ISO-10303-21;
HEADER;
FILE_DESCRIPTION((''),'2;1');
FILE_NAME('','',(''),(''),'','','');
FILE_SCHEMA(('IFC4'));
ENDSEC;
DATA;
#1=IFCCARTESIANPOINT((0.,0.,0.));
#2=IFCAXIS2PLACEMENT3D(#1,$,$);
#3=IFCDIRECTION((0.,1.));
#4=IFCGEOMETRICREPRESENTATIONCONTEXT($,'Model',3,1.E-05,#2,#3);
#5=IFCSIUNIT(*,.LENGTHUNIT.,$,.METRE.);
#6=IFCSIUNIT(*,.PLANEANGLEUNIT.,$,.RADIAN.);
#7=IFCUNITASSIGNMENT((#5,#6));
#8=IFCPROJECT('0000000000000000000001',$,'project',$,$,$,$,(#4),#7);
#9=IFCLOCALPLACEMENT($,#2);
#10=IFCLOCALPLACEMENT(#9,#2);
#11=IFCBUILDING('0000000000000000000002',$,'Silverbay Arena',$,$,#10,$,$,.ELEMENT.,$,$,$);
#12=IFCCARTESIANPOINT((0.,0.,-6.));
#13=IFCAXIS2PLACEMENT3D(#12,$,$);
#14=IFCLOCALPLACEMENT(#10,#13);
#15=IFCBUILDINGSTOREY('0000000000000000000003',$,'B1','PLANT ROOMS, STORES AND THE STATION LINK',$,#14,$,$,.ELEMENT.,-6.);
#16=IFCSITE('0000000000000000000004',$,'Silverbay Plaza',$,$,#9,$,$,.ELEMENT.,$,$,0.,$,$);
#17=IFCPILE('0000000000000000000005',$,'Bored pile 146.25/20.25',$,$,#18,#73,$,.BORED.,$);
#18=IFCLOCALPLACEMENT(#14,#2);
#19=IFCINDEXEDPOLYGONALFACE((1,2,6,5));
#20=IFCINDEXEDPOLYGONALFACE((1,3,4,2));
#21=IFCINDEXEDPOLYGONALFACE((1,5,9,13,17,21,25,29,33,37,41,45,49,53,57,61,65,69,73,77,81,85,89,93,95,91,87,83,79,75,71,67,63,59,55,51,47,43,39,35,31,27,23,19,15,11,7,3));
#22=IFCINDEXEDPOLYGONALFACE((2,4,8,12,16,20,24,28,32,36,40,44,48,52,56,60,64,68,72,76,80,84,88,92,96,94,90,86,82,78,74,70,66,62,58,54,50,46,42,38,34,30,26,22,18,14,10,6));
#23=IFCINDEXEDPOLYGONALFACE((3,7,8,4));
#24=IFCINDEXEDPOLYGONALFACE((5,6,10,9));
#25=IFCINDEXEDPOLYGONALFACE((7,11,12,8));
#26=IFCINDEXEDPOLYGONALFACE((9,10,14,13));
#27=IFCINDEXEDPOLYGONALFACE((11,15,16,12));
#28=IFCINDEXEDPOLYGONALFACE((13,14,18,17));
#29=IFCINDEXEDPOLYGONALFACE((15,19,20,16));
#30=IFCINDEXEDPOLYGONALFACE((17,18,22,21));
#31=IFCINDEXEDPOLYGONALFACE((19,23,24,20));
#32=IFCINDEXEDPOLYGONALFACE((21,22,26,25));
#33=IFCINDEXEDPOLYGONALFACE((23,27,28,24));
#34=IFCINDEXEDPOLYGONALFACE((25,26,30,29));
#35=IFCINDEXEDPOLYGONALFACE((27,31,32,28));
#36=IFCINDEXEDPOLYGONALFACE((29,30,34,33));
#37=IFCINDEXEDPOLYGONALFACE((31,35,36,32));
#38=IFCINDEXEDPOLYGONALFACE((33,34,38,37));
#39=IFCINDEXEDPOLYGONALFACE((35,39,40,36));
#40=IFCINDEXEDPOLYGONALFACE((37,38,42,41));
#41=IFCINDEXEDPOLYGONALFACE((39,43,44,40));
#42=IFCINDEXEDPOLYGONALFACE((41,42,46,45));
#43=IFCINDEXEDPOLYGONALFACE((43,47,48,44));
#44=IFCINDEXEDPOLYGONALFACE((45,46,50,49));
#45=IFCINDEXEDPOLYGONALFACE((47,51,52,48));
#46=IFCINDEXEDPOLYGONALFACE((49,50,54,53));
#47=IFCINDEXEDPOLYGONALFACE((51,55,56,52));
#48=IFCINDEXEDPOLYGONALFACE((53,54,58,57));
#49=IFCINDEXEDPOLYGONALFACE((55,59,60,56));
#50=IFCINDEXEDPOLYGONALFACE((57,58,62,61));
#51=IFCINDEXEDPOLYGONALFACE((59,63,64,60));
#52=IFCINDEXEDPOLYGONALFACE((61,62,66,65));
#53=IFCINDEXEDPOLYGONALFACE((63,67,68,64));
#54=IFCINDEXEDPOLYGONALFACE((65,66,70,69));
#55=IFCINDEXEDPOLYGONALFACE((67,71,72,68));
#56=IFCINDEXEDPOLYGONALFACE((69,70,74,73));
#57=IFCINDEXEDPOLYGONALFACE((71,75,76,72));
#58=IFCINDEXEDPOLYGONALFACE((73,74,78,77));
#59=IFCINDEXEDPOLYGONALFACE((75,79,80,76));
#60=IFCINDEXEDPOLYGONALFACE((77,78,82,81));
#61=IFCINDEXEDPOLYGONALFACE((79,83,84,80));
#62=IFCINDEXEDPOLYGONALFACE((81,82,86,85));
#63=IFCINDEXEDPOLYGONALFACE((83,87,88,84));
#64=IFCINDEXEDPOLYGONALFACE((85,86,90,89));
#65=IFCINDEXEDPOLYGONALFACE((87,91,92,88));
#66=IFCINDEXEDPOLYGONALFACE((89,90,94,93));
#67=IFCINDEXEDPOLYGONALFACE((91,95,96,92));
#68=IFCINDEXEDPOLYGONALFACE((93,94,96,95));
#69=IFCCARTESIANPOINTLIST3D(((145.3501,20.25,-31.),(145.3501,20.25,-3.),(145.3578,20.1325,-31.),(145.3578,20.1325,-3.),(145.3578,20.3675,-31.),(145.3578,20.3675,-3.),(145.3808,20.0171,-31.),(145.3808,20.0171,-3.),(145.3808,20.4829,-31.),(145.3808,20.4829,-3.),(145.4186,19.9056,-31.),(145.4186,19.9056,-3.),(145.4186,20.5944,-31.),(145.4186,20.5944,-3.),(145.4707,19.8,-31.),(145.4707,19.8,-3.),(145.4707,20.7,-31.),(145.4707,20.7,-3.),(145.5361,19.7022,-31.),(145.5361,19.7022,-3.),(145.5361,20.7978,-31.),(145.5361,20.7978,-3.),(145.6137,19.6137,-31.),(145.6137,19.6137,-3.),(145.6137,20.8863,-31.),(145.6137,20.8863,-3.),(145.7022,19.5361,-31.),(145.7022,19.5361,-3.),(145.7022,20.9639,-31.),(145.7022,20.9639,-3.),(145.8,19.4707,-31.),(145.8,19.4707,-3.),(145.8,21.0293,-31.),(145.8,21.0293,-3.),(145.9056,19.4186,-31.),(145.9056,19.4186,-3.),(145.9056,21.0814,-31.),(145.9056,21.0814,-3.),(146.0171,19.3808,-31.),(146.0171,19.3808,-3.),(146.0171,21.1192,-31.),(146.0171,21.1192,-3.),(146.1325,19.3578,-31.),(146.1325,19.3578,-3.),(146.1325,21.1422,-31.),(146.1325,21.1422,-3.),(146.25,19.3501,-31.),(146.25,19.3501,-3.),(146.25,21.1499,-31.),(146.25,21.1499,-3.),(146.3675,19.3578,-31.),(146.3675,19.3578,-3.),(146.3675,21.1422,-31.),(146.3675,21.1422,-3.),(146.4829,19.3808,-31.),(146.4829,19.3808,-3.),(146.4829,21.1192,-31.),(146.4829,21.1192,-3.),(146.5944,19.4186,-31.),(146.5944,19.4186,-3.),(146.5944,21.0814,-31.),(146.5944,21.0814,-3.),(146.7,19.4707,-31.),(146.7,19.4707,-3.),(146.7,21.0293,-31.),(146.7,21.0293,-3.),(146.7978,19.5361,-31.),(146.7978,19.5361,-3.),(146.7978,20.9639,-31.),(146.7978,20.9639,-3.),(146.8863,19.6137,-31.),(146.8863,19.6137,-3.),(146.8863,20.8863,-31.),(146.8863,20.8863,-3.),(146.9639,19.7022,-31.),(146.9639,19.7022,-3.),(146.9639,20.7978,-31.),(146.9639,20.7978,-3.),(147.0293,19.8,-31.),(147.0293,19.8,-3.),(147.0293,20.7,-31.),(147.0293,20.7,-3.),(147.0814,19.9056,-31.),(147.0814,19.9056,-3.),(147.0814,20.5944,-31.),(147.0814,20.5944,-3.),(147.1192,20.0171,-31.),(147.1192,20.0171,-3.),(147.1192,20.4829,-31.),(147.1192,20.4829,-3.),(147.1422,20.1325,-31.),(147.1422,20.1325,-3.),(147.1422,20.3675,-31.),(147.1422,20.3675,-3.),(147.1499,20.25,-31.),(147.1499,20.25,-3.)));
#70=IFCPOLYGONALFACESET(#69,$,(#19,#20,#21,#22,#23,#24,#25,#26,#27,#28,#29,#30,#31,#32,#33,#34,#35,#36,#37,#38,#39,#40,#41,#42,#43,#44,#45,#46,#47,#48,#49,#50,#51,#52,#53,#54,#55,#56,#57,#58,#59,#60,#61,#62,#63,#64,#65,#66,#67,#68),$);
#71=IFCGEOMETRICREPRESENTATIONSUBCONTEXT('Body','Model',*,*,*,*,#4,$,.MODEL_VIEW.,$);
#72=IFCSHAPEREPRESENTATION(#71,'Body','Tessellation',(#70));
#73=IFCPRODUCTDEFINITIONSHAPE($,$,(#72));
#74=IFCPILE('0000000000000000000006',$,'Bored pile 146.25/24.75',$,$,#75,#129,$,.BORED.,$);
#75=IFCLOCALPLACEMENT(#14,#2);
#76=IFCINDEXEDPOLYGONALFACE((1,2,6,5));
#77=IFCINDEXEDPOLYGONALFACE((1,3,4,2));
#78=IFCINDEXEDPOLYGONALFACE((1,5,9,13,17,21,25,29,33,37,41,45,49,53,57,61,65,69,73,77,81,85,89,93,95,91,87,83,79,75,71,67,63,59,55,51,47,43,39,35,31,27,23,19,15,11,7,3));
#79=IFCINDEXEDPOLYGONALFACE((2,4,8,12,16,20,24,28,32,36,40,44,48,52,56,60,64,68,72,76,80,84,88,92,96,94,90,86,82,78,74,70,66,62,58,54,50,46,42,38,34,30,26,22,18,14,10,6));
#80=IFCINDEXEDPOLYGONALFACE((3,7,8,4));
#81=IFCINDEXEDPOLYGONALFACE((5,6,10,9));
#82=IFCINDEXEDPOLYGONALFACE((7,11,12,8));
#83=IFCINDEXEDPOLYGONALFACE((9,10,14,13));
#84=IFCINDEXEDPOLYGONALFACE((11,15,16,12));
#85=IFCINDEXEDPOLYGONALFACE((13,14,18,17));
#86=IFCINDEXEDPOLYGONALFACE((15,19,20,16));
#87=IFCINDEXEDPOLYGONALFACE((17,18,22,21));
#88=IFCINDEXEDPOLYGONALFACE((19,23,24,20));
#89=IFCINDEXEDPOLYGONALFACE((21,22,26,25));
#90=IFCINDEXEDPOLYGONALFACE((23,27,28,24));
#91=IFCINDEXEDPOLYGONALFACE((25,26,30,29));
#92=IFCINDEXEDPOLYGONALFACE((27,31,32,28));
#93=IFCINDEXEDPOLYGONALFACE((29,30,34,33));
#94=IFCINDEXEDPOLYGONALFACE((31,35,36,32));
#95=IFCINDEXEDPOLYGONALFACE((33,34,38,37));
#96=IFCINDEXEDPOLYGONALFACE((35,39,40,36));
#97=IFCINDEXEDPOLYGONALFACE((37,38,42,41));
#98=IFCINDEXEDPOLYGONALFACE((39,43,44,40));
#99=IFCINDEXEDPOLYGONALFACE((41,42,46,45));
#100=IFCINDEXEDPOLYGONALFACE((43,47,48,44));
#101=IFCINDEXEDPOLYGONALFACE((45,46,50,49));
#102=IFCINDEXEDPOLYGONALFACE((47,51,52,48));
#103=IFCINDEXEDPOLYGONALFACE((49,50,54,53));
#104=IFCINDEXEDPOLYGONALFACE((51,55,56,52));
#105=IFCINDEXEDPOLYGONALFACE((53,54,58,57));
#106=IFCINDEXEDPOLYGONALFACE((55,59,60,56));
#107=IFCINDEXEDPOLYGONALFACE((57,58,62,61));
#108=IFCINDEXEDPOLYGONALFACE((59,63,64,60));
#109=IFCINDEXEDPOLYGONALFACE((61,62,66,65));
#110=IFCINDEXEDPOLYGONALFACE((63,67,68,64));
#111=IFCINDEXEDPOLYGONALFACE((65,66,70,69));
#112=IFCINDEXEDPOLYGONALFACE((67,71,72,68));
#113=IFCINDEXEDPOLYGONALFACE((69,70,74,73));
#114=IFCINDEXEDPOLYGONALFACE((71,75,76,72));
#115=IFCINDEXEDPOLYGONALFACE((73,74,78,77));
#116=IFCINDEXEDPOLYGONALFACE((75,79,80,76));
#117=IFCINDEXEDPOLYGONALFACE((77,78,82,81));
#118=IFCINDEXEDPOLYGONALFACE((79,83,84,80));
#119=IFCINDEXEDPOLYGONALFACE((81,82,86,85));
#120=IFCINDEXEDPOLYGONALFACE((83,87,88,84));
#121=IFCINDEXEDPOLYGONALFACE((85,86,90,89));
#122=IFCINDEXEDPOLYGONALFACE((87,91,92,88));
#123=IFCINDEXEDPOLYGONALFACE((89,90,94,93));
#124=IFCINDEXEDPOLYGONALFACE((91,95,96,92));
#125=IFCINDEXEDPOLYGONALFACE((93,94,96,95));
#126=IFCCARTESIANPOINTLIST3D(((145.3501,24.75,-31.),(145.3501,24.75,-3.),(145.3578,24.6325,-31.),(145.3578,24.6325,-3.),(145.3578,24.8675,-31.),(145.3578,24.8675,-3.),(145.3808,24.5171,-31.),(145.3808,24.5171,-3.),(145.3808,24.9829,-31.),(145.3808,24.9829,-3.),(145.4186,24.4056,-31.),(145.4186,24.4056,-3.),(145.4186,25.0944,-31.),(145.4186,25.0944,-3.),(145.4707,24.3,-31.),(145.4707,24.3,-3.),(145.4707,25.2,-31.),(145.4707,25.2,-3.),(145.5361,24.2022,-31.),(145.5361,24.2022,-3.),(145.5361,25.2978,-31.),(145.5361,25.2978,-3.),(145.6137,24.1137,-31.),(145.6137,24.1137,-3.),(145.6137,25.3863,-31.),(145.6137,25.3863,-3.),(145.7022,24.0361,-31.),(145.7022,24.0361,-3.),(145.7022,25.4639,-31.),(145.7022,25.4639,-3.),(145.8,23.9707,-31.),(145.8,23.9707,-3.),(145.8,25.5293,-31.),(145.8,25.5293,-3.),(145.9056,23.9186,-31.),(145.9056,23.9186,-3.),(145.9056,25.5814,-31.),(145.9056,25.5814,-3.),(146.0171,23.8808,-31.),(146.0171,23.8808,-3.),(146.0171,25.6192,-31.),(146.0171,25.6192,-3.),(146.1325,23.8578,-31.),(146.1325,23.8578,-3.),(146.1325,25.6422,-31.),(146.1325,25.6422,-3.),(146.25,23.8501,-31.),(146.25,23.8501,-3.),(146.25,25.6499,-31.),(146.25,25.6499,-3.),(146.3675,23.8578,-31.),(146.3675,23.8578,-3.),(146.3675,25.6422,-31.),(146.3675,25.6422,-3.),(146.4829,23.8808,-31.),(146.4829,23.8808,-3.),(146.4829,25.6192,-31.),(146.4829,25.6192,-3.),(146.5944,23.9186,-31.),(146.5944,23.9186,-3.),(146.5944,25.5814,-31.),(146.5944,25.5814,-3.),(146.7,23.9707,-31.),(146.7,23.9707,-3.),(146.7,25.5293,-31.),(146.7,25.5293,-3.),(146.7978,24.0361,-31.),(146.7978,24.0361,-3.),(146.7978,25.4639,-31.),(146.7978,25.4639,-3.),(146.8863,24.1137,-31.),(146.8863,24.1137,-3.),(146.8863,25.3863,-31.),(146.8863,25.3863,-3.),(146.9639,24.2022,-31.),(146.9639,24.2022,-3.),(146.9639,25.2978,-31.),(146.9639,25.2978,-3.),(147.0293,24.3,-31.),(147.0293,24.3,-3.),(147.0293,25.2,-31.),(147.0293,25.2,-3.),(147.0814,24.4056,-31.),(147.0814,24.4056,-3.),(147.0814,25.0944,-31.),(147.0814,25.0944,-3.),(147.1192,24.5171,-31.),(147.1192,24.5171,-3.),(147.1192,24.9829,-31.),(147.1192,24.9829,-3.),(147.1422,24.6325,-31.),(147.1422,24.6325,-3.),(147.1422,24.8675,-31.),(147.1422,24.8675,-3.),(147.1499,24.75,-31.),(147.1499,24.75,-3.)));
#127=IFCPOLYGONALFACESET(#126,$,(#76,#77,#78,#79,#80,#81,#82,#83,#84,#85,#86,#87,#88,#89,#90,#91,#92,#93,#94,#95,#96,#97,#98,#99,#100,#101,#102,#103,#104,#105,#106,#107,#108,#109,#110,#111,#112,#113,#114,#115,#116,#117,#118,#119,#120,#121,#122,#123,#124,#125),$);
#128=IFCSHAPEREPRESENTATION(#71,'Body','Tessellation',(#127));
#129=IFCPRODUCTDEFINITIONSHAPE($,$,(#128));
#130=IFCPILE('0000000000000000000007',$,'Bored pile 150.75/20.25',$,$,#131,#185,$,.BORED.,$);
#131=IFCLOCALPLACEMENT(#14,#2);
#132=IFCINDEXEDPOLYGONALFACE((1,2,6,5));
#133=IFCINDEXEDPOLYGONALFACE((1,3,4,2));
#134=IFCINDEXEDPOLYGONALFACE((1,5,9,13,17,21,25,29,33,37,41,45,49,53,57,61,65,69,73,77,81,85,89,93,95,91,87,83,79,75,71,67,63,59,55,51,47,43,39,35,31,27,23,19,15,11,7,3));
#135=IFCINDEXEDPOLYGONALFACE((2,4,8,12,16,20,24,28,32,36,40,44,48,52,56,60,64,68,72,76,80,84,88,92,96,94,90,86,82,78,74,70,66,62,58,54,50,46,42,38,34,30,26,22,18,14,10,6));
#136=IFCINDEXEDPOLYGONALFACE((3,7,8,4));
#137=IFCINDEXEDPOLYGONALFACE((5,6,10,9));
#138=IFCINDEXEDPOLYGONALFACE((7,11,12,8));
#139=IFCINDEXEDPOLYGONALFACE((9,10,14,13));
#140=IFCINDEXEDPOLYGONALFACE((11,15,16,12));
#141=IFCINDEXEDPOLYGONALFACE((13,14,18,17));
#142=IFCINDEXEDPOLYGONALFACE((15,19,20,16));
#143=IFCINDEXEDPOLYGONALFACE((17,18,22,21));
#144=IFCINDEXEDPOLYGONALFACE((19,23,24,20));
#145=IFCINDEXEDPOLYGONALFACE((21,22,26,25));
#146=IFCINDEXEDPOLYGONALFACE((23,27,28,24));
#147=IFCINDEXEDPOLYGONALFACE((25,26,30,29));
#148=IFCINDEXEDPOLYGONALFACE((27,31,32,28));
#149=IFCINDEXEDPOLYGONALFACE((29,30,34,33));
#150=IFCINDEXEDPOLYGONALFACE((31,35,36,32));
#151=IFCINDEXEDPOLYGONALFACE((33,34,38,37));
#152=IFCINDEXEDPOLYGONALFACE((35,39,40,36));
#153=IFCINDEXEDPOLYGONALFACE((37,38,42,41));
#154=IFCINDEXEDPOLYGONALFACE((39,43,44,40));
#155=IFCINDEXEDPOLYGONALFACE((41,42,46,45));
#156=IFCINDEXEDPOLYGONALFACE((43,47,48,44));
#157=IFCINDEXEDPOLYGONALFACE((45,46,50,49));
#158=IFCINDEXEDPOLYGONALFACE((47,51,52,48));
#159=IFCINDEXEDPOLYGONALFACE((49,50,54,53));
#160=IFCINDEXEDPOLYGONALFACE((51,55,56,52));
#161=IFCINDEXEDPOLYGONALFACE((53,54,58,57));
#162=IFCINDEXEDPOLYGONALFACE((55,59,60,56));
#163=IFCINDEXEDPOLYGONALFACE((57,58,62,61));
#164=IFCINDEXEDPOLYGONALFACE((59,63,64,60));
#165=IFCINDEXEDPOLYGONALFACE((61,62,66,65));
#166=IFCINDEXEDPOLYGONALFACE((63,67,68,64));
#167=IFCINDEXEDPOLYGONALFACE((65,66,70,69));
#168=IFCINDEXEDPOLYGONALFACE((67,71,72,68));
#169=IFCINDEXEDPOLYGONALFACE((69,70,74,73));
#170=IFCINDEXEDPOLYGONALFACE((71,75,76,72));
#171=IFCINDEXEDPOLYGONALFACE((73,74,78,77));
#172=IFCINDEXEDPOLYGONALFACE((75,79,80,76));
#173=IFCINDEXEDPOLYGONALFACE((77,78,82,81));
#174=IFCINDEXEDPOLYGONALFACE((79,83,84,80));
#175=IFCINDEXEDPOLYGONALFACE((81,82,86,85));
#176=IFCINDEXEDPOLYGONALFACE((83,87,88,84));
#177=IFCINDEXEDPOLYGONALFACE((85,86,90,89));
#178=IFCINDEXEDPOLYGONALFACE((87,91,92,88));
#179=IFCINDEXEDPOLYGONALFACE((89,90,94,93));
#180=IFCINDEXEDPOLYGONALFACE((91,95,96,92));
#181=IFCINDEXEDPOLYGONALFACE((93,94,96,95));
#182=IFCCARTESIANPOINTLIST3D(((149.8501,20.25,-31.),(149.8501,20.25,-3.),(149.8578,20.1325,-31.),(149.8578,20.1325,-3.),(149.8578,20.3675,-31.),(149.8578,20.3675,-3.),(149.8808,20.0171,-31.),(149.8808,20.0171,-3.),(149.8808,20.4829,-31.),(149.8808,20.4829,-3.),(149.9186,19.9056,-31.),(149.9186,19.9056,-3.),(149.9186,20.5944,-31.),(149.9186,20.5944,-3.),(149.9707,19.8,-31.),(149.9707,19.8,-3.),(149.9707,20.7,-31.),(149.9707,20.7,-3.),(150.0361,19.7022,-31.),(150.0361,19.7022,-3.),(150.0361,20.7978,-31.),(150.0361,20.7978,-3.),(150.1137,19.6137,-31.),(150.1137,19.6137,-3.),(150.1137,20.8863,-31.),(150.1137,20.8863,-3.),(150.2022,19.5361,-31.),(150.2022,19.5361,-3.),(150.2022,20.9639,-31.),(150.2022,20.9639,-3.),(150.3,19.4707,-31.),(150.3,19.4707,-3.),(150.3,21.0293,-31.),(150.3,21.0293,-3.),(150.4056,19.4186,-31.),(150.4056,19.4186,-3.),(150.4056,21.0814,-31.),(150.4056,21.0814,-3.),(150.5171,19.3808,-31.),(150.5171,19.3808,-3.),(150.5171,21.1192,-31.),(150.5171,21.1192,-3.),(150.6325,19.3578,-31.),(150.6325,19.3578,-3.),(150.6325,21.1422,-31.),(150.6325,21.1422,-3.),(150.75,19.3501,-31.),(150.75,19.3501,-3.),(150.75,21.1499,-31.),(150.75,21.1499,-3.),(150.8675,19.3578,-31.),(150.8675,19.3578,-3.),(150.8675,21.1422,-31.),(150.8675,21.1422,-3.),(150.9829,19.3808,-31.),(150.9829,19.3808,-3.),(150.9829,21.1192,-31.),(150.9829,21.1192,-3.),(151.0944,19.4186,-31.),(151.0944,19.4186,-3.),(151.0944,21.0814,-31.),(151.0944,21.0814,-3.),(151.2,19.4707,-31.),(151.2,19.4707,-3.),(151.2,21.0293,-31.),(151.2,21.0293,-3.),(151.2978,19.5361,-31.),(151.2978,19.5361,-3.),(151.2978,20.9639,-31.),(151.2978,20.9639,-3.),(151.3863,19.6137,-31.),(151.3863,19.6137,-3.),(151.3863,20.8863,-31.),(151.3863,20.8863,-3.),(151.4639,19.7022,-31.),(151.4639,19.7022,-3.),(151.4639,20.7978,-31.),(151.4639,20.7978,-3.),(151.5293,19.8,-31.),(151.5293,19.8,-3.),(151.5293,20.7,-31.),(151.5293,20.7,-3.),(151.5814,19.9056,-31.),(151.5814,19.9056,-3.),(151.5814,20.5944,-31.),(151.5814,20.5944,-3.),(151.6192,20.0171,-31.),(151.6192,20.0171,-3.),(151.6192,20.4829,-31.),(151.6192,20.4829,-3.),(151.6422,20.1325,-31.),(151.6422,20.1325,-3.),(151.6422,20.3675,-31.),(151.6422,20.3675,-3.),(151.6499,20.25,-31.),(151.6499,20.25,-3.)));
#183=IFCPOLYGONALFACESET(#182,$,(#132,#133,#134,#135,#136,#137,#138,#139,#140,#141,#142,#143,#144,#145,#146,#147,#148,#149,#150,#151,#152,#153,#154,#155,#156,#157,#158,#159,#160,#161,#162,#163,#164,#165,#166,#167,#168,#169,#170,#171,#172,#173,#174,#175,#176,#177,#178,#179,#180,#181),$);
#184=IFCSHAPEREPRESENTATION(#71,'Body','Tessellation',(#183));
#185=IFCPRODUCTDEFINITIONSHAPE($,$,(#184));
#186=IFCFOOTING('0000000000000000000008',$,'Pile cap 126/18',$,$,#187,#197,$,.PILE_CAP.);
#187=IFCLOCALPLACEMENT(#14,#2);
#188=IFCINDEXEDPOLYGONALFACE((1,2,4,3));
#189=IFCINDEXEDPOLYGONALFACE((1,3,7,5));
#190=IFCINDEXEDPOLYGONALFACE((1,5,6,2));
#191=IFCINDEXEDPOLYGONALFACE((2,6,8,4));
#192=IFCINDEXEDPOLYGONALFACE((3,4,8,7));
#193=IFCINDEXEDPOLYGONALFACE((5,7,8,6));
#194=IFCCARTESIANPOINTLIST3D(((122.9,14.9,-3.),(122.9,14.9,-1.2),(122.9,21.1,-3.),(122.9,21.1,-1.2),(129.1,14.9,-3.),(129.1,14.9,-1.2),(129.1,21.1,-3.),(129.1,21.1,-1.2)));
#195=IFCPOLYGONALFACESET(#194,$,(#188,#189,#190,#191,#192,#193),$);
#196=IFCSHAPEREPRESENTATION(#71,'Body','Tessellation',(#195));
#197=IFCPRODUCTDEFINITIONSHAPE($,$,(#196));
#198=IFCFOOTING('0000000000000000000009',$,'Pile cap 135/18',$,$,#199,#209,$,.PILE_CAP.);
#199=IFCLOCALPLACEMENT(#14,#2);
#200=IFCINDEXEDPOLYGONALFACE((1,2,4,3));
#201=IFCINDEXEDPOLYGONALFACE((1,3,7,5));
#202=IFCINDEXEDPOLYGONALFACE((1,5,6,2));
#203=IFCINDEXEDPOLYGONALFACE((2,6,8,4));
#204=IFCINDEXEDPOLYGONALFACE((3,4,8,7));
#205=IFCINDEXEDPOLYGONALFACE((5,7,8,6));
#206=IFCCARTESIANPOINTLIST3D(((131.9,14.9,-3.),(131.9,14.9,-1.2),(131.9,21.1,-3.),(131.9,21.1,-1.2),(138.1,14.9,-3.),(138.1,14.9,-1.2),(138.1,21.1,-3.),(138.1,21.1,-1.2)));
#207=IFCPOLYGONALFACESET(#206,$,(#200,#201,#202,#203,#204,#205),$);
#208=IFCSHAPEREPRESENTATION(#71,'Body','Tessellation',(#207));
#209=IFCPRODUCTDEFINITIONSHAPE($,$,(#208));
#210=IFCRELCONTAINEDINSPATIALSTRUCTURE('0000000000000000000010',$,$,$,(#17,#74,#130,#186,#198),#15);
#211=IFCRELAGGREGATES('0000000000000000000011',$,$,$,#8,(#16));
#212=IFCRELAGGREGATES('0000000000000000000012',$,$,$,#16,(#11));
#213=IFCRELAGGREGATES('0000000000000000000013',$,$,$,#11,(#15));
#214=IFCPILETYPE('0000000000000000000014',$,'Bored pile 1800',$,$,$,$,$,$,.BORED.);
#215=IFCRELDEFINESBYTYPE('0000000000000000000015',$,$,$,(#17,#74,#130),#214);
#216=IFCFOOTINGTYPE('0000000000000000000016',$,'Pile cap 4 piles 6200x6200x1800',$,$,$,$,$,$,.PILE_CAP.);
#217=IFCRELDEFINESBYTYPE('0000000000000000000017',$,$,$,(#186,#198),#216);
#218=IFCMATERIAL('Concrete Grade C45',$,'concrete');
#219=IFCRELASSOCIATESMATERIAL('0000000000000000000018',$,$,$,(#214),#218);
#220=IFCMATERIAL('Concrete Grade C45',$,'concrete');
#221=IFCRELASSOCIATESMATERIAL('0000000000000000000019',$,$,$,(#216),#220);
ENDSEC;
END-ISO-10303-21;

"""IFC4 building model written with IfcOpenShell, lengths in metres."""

from ifc_helpers import new_model, si_unit, direction, frame, origin, origin_2d, place, context, subcontext, project, spatial, rectangle, circle, extrude, material, material_profile, profile_set, type_object, element, save


model = new_model("IFC4")

# Units and contexts
model_context = context("Model", 3, precision=1e-05, world=origin(), true_north=direction((0.0, 1.0)))
body_context = subcontext(model_context, "Body", "Model", "MODEL_VIEW")
ifc_project = project(units=[si_unit("LENGTHUNIT", "METRE"), si_unit("PLANEANGLEUNIT", "RADIAN")], contexts=[model_context])

# Site, building, storey
site_placement = place(None, origin())
site = spatial("IfcSite", under=ifc_project, at=site_placement, Name="Silverbay Plaza", CompositionType="ELEMENT", RefElevation=0.0)
building_placement = place(site_placement, origin())
building = spatial("IfcBuilding", under=site, at=building_placement, Name="Silverbay Arena", CompositionType="ELEMENT")
storey_placement = place(building_placement, frame((0.0, 0.0, -6.0)))
storey = spatial("IfcBuildingStorey", under=building, at=storey_placement, Name="B1", Description="PLANT ROOMS, STORES AND THE STATION LINK", CompositionType="ELEMENT", Elevation=-6.0)

# Piles
ifc_material_1 = material(Name="Concrete Grade C45", Category="concrete")
ifc_material_profile_1 = material_profile(ifc_material_1, circle(Radius=0.8999, at=origin_2d()), Name="Bored pile 1800")
ifc_profile_set_1 = profile_set([ifc_material_profile_1], Name="Concrete Grade C45")
pile_type_1 = type_object("IfcPileType", Name="Bored pile 1800", PredefinedType="BORED", material=ifc_profile_set_1)
for number, where, z_axis, x_axis, name in (
    (1, (146.25, 20.25, -3.0), (0.0, 0.0, -1.0), (1.0, 0.0, 0.0), "Bored pile 146.25/20.25"),
    (2, (146.25, 24.75, -3.0), (0.0, 0.0, -1.0), (1.0, 0.0, 0.0), "Bored pile 146.25/24.75"),
    (3, (150.75, 20.25, -3.0), (0.0, 0.0, -1.0), (1.0, 0.0, 0.0), "Bored pile 150.75/20.25"),
):
    element("IfcPile", number, at=place(storey_placement, frame(where, z_axis=z_axis, x_axis=x_axis)), inside=storey, type_object=pile_type_1, Name=name, PredefinedType="BORED", context=body_context, shape_type="SweptSolid", body=[
        extrude(circle(Radius=0.8999, at=origin_2d()), origin(), (0.0, 0.0, 1.0), 28.0),
    ])

# Footings
ifc_material_2 = material(Name="Concrete Grade C45", Category="concrete")
footing_type = type_object("IfcFootingType", Name="Pile cap 4 piles 6200x6200x1800", PredefinedType="PILE_CAP", material=ifc_material_2)
for number, where, z_axis, x_axis, name in (
    (4, (126.0, 18.0, -3.0), (0.0, 0.0, 1.0), (1.0, 0.0, 0.0), "Pile cap 126/18"),
    (5, (135.0, 18.0, -3.0), (0.0, 0.0, 1.0), (1.0, 0.0, 0.0), "Pile cap 135/18"),
):
    element("IfcFooting", number, at=place(storey_placement, frame(where, z_axis=z_axis, x_axis=x_axis)), inside=storey, type_object=footing_type, Name=name, PredefinedType="PILE_CAP", context=body_context, shape_type="SweptSolid", body=[
        extrude(rectangle(XDim=6.2, YDim=6.2, at=origin_2d()), origin(), (0.0, 0.0, 1.0), 1.8),
    ])

save(model, "model.ifc")
